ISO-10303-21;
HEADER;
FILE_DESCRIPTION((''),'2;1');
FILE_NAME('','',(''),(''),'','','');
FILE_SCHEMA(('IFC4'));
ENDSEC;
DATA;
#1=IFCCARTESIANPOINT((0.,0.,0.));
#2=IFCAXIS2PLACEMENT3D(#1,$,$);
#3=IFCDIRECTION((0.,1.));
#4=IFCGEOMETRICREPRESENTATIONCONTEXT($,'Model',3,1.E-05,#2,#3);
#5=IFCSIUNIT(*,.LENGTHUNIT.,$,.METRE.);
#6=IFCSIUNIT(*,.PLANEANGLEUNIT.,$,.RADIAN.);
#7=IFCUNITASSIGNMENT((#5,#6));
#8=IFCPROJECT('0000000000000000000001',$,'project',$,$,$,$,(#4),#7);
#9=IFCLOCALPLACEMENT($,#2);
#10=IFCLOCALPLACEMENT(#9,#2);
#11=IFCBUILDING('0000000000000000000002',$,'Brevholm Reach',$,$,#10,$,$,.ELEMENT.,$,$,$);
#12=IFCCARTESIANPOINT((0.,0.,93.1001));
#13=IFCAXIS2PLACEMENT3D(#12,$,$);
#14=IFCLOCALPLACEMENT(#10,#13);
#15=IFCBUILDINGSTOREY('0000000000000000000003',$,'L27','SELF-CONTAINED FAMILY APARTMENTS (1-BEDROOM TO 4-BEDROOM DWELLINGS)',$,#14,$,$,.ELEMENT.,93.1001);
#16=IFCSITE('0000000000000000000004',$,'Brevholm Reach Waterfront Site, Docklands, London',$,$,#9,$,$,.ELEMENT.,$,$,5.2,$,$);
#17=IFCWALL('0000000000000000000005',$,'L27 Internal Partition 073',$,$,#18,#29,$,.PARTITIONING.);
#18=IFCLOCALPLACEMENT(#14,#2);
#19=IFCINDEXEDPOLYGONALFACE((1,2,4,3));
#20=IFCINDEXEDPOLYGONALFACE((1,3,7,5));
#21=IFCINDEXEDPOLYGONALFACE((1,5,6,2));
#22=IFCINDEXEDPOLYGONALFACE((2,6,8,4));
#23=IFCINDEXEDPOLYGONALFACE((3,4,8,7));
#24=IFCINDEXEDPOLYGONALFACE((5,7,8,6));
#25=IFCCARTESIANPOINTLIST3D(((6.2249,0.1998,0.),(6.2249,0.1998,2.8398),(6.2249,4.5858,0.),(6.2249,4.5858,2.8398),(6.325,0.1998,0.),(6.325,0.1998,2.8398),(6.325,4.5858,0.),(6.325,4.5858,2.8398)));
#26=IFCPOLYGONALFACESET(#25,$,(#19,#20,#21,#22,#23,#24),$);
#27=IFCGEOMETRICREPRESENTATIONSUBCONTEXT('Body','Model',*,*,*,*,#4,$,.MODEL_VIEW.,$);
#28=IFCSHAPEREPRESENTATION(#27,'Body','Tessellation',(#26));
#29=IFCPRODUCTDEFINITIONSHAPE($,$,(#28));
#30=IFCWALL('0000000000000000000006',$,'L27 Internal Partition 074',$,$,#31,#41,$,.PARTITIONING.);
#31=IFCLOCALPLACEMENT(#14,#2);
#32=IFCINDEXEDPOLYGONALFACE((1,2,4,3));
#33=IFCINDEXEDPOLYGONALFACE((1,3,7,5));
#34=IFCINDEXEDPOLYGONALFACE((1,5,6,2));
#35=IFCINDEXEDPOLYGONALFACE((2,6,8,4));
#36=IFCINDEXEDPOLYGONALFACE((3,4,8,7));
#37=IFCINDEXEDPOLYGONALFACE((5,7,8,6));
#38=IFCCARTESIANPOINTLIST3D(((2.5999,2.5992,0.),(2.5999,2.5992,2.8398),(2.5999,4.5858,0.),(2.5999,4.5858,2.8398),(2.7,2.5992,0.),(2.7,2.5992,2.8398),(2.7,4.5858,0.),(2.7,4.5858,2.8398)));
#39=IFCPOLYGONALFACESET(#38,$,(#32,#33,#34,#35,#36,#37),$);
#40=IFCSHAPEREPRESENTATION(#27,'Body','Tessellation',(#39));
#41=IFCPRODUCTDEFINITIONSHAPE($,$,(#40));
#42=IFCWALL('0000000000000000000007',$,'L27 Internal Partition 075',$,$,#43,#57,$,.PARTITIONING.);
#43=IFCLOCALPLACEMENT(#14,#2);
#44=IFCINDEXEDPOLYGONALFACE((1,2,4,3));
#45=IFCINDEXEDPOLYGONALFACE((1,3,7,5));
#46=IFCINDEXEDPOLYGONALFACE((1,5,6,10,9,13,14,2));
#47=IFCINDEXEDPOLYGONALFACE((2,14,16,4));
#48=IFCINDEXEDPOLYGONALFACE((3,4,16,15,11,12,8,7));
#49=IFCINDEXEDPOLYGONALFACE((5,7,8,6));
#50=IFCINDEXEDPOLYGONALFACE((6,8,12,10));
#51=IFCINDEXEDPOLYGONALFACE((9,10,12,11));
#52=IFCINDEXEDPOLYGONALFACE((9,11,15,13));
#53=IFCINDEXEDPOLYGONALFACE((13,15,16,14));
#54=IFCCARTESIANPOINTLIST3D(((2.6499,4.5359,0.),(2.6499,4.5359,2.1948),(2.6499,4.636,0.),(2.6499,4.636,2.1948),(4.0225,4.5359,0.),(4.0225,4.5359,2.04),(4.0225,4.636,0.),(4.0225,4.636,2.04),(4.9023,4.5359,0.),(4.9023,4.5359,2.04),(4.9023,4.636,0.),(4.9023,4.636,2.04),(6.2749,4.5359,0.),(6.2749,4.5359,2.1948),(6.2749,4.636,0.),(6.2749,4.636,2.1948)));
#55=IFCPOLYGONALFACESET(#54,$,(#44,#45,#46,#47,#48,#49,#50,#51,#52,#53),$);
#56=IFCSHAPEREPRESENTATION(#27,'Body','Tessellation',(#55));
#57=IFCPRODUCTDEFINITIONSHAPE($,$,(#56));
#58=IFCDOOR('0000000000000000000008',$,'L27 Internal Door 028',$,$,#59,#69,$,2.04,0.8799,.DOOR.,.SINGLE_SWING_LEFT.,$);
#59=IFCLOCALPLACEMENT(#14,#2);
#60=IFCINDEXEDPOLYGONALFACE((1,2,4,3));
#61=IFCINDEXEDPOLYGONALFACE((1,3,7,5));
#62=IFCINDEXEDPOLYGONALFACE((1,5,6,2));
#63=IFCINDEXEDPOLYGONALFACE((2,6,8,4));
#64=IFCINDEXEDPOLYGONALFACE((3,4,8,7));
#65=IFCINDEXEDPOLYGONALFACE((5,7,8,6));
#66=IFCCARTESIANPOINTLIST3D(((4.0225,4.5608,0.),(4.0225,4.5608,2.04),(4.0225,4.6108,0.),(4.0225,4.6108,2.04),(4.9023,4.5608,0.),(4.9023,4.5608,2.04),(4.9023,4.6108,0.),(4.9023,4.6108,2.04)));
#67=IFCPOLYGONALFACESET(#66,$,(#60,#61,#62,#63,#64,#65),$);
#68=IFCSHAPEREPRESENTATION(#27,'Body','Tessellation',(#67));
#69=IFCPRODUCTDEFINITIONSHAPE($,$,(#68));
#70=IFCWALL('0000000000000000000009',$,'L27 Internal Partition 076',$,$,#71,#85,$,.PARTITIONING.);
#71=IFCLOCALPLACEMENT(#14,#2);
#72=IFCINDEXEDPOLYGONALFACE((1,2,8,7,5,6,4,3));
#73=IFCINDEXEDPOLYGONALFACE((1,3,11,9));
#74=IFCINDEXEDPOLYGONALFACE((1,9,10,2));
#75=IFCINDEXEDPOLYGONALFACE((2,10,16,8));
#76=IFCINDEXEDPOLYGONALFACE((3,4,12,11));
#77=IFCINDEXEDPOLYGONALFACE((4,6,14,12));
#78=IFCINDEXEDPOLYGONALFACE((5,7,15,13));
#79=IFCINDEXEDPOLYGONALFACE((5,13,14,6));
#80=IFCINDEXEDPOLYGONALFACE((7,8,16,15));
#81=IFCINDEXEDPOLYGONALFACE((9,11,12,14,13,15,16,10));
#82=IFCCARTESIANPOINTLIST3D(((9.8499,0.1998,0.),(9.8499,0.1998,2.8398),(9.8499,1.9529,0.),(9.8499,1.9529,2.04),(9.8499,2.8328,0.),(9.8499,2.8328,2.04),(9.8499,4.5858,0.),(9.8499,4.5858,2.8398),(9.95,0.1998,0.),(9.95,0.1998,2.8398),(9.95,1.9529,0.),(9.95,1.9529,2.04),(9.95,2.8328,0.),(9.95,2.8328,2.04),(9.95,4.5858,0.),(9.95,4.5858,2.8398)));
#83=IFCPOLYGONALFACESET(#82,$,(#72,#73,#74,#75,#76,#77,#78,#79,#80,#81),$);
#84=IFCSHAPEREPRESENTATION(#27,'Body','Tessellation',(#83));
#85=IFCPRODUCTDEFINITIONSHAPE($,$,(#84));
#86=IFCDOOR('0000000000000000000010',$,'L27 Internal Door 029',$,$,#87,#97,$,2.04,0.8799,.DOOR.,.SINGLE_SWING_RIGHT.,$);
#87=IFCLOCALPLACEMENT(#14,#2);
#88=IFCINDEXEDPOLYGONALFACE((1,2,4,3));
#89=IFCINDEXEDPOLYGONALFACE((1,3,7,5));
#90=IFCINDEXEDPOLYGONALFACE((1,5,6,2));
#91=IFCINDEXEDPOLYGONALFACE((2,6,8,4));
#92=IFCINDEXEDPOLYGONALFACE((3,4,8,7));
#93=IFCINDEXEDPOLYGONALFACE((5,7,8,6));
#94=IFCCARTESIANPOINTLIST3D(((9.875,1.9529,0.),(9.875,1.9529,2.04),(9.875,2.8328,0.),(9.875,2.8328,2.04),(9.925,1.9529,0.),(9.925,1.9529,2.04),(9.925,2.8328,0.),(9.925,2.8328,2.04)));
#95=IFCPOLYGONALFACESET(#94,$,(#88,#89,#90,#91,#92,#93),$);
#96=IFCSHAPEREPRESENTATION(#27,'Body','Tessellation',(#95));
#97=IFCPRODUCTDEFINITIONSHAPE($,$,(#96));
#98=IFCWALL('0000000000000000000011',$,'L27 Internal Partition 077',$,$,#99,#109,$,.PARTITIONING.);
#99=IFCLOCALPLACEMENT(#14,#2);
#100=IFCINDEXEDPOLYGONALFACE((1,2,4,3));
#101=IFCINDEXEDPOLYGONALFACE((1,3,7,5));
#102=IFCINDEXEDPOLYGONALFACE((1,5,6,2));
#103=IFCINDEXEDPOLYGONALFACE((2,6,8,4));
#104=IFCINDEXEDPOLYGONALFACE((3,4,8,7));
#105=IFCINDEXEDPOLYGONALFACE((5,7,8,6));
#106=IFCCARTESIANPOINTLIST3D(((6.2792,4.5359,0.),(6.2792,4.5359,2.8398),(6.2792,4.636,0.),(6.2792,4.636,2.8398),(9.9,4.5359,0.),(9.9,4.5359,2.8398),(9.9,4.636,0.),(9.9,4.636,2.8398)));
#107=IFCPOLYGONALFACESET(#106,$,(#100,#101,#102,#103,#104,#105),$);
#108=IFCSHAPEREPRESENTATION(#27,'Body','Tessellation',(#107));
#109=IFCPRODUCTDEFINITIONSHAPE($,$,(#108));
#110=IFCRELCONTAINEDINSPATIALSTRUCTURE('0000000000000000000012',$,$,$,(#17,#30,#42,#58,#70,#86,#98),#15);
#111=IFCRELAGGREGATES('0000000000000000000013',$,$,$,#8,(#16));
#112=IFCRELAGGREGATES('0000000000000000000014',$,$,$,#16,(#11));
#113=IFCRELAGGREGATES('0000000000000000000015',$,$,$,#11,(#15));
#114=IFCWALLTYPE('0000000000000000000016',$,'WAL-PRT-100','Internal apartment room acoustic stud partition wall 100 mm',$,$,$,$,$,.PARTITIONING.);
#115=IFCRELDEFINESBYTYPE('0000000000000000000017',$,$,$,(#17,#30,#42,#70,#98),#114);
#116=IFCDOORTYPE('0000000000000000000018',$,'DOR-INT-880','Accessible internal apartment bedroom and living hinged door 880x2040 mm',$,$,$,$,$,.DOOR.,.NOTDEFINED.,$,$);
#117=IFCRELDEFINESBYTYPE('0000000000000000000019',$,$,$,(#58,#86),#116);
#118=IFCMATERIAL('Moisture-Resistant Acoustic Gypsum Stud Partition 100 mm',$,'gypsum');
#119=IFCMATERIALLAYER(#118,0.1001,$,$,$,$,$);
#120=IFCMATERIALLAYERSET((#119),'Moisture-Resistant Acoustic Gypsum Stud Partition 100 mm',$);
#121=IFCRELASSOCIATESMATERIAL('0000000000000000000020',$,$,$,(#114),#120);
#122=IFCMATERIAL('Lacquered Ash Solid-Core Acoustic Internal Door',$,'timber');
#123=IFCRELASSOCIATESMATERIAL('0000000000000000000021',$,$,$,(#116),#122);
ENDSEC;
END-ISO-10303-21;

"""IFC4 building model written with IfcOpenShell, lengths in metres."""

from ifc_helpers import new_model, si_unit, direction, frame, frame_2d, origin, place, context, subcontext, project, spatial, rectangle, extrude, material, layer, layer_set, type_object, element, fill, save


model = new_model("IFC4")

# Units and contexts
model_context = context("Model", 3, precision=1e-05, world=origin(), true_north=direction((0.0, 1.0)))
body_context = subcontext(model_context, "Body", "Model", "MODEL_VIEW")
ifc_project = project(units=[si_unit("LENGTHUNIT", "METRE"), si_unit("PLANEANGLEUNIT", "RADIAN")], contexts=[model_context])

# Site, building, storey
site_placement = place(None, origin())
site = spatial("IfcSite", under=ifc_project, at=site_placement, Name="Brevholm Reach Waterfront Site, Docklands, London", CompositionType="ELEMENT", RefElevation=5.2)
building_placement = place(site_placement, origin())
building = spatial("IfcBuilding", under=site, at=building_placement, Name="Brevholm Reach", CompositionType="ELEMENT")
storey_placement = place(building_placement, frame((0.0, 0.0, 93.1001)))
storey = spatial("IfcBuildingStorey", under=building, at=storey_placement, Name="L27", Description="SELF-CONTAINED FAMILY APARTMENTS (1-BEDROOM TO 4-BEDROOM DWELLINGS)", CompositionType="ELEMENT", Elevation=93.1001)

# Shared definitions
ifc_material_1 = material(Name="Moisture-Resistant Acoustic Gypsum Stud Partition 100 mm", Category="gypsum")
ifc_layer_1 = layer(ifc_material_1, 0.1001)
ifc_layer_set_1 = layer_set([ifc_layer_1], Name="Moisture-Resistant Acoustic Gypsum Stud Partition 100 mm")
wall_type_1 = type_object("IfcWallType", Name="WAL-PRT-100", Description="Internal apartment room acoustic stud partition wall 100 mm", PredefinedType="PARTITIONING", material=ifc_layer_set_1)

# Shared definitions
ifc_material_2 = material(Name="Lacquered Ash Solid-Core Acoustic Internal Door", Category="timber")
door_type_1 = type_object("IfcDoorType", Name="DOR-INT-880", Description="Accessible internal apartment bedroom and living hinged door 880x2040 mm", OperationType="NOTDEFINED", PredefinedType="DOOR", material=ifc_material_2)

# Walls
wall_1_placement = place(storey_placement, frame((6.2749, 0.2, 0.0), z_axis=(0.0, 0.0, 1.0), x_axis=(0.0, 1.0, 0.0)))
element("IfcWall", 1, at=wall_1_placement, inside=storey, type_object=wall_type_1, Name="L27 Internal Partition 073", PredefinedType="PARTITIONING", context=body_context, shape_type="SweptSolid", body=[
    extrude(rectangle(XDim=4.386, YDim=0.1001, at=frame_2d((2.1929, 0.0))), origin(), (0.0, 0.0, 1.0), 2.8398),
])
wall_2_placement = place(storey_placement, frame((2.6499, 2.5994, 0.0), z_axis=(0.0, 0.0, 1.0), x_axis=(0.0, 1.0, 0.0)))
element("IfcWall", 2, at=wall_2_placement, inside=storey, type_object=wall_type_1, Name="L27 Internal Partition 074", PredefinedType="PARTITIONING", context=body_context, shape_type="SweptSolid", body=[
    extrude(rectangle(XDim=1.9866, YDim=0.1001, at=frame_2d((0.9932, 0.0))), origin(), (0.0, 0.0, 1.0), 2.8398),
])

# Walls, openings, doors
wall_3_placement = place(storey_placement, frame((2.6499, 4.5859, 0.0), z_axis=(0.0, 0.0, 1.0), x_axis=(1.0, 0.0, 0.0)))
wall_3 = element("IfcWall", 3, at=wall_3_placement, inside=storey, type_object=wall_type_1, Name="L27 Internal Partition 075", PredefinedType="PARTITIONING", context=body_context, shape_type="SweptSolid", body=[
    extrude(rectangle(XDim=3.625, YDim=0.1001, at=frame_2d((1.8125, 0.0))), origin(), (0.0, 0.0, 1.0), 2.1948),
])
opening_1_placement = place(wall_3_placement, frame((1.3726, 0.0, 0.0)))
opening_1 = element("IfcOpeningElement", 4, at=opening_1_placement, cuts=wall_3, PredefinedType="OPENING", context=body_context, shape_type="SweptSolid", body=[
    extrude(rectangle(XDim=0.8799, YDim=2.04, at=frame_2d((0.4399, 1.02))), frame((0.0, 0.0601, 0.0), z_axis=(0.0, -1.0, 0.0), x_axis=(1.0, 0.0, 0.0)), (0.0, 0.0, 1.0), 0.1201),
])
door_1_placement = place(opening_1_placement, origin())
door_1 = element("IfcDoor", 5, at=door_1_placement, inside=storey, type_object=door_type_1, Name="L27 Internal Door 028", OperationType="SINGLE_SWING_LEFT", OverallHeight=2.04, OverallWidth=0.8799, PredefinedType="DOOR", context=body_context, shape_type="SweptSolid", body=[
    extrude(rectangle(XDim=0.8799, YDim=2.04, at=frame_2d((0.4399, 1.02))), frame((0.0, 0.0249, 0.0), z_axis=(0.0, -1.0, 0.0), x_axis=(1.0, 0.0, 0.0)), (0.0, 0.0, 1.0), 0.05),
])
fill(opening_1, door_1)
wall_4_placement = place(storey_placement, frame((9.8999, 0.2, 0.0), z_axis=(0.0, 0.0, 1.0), x_axis=(0.0, 1.0, 0.0)))
wall_4 = element("IfcWall", 6, at=wall_4_placement, inside=storey, type_object=wall_type_1, Name="L27 Internal Partition 076", PredefinedType="PARTITIONING", context=body_context, shape_type="SweptSolid", body=[
    extrude(rectangle(XDim=4.386, YDim=0.1001, at=frame_2d((2.1929, 0.0))), origin(), (0.0, 0.0, 1.0), 2.8398),
])
opening_2_placement = place(wall_4_placement, frame((1.7529, 0.0, 0.0)))
opening_2 = element("IfcOpeningElement", 7, at=opening_2_placement, cuts=wall_4, PredefinedType="OPENING", context=body_context, shape_type="SweptSolid", body=[
    extrude(rectangle(XDim=0.8799, YDim=2.04, at=frame_2d((0.4399, 1.02))), frame((0.0, 0.0601, 0.0), z_axis=(0.0, -1.0, 0.0), x_axis=(1.0, 0.0, 0.0)), (0.0, 0.0, 1.0), 0.1201),
])
door_2_placement = place(opening_2_placement, origin())
door_2 = element("IfcDoor", 8, at=door_2_placement, inside=storey, type_object=door_type_1, Name="L27 Internal Door 029", OperationType="SINGLE_SWING_RIGHT", OverallHeight=2.04, OverallWidth=0.8799, PredefinedType="DOOR", context=body_context, shape_type="SweptSolid", body=[
    extrude(rectangle(XDim=0.8799, YDim=2.04, at=frame_2d((0.4399, 1.02))), frame((0.0, 0.0249, 0.0), z_axis=(0.0, -1.0, 0.0), x_axis=(1.0, 0.0, 0.0)), (0.0, 0.0, 1.0), 0.05),
])
fill(opening_2, door_2)

# Wall
wall_5_placement = place(storey_placement, frame((6.2791, 4.5859, 0.0), z_axis=(0.0, 0.0, 1.0), x_axis=(1.0, 0.0, 0.0)))
element("IfcWall", 9, at=wall_5_placement, inside=storey, type_object=wall_type_1, Name="L27 Internal Partition 077", PredefinedType="PARTITIONING", context=body_context, shape_type="SweptSolid", body=[
    extrude(rectangle(XDim=3.6208, YDim=0.1001, at=frame_2d((1.8105, 0.0))), origin(), (0.0, 0.0, 1.0), 2.8398),
])

save(model, "model.ifc")
